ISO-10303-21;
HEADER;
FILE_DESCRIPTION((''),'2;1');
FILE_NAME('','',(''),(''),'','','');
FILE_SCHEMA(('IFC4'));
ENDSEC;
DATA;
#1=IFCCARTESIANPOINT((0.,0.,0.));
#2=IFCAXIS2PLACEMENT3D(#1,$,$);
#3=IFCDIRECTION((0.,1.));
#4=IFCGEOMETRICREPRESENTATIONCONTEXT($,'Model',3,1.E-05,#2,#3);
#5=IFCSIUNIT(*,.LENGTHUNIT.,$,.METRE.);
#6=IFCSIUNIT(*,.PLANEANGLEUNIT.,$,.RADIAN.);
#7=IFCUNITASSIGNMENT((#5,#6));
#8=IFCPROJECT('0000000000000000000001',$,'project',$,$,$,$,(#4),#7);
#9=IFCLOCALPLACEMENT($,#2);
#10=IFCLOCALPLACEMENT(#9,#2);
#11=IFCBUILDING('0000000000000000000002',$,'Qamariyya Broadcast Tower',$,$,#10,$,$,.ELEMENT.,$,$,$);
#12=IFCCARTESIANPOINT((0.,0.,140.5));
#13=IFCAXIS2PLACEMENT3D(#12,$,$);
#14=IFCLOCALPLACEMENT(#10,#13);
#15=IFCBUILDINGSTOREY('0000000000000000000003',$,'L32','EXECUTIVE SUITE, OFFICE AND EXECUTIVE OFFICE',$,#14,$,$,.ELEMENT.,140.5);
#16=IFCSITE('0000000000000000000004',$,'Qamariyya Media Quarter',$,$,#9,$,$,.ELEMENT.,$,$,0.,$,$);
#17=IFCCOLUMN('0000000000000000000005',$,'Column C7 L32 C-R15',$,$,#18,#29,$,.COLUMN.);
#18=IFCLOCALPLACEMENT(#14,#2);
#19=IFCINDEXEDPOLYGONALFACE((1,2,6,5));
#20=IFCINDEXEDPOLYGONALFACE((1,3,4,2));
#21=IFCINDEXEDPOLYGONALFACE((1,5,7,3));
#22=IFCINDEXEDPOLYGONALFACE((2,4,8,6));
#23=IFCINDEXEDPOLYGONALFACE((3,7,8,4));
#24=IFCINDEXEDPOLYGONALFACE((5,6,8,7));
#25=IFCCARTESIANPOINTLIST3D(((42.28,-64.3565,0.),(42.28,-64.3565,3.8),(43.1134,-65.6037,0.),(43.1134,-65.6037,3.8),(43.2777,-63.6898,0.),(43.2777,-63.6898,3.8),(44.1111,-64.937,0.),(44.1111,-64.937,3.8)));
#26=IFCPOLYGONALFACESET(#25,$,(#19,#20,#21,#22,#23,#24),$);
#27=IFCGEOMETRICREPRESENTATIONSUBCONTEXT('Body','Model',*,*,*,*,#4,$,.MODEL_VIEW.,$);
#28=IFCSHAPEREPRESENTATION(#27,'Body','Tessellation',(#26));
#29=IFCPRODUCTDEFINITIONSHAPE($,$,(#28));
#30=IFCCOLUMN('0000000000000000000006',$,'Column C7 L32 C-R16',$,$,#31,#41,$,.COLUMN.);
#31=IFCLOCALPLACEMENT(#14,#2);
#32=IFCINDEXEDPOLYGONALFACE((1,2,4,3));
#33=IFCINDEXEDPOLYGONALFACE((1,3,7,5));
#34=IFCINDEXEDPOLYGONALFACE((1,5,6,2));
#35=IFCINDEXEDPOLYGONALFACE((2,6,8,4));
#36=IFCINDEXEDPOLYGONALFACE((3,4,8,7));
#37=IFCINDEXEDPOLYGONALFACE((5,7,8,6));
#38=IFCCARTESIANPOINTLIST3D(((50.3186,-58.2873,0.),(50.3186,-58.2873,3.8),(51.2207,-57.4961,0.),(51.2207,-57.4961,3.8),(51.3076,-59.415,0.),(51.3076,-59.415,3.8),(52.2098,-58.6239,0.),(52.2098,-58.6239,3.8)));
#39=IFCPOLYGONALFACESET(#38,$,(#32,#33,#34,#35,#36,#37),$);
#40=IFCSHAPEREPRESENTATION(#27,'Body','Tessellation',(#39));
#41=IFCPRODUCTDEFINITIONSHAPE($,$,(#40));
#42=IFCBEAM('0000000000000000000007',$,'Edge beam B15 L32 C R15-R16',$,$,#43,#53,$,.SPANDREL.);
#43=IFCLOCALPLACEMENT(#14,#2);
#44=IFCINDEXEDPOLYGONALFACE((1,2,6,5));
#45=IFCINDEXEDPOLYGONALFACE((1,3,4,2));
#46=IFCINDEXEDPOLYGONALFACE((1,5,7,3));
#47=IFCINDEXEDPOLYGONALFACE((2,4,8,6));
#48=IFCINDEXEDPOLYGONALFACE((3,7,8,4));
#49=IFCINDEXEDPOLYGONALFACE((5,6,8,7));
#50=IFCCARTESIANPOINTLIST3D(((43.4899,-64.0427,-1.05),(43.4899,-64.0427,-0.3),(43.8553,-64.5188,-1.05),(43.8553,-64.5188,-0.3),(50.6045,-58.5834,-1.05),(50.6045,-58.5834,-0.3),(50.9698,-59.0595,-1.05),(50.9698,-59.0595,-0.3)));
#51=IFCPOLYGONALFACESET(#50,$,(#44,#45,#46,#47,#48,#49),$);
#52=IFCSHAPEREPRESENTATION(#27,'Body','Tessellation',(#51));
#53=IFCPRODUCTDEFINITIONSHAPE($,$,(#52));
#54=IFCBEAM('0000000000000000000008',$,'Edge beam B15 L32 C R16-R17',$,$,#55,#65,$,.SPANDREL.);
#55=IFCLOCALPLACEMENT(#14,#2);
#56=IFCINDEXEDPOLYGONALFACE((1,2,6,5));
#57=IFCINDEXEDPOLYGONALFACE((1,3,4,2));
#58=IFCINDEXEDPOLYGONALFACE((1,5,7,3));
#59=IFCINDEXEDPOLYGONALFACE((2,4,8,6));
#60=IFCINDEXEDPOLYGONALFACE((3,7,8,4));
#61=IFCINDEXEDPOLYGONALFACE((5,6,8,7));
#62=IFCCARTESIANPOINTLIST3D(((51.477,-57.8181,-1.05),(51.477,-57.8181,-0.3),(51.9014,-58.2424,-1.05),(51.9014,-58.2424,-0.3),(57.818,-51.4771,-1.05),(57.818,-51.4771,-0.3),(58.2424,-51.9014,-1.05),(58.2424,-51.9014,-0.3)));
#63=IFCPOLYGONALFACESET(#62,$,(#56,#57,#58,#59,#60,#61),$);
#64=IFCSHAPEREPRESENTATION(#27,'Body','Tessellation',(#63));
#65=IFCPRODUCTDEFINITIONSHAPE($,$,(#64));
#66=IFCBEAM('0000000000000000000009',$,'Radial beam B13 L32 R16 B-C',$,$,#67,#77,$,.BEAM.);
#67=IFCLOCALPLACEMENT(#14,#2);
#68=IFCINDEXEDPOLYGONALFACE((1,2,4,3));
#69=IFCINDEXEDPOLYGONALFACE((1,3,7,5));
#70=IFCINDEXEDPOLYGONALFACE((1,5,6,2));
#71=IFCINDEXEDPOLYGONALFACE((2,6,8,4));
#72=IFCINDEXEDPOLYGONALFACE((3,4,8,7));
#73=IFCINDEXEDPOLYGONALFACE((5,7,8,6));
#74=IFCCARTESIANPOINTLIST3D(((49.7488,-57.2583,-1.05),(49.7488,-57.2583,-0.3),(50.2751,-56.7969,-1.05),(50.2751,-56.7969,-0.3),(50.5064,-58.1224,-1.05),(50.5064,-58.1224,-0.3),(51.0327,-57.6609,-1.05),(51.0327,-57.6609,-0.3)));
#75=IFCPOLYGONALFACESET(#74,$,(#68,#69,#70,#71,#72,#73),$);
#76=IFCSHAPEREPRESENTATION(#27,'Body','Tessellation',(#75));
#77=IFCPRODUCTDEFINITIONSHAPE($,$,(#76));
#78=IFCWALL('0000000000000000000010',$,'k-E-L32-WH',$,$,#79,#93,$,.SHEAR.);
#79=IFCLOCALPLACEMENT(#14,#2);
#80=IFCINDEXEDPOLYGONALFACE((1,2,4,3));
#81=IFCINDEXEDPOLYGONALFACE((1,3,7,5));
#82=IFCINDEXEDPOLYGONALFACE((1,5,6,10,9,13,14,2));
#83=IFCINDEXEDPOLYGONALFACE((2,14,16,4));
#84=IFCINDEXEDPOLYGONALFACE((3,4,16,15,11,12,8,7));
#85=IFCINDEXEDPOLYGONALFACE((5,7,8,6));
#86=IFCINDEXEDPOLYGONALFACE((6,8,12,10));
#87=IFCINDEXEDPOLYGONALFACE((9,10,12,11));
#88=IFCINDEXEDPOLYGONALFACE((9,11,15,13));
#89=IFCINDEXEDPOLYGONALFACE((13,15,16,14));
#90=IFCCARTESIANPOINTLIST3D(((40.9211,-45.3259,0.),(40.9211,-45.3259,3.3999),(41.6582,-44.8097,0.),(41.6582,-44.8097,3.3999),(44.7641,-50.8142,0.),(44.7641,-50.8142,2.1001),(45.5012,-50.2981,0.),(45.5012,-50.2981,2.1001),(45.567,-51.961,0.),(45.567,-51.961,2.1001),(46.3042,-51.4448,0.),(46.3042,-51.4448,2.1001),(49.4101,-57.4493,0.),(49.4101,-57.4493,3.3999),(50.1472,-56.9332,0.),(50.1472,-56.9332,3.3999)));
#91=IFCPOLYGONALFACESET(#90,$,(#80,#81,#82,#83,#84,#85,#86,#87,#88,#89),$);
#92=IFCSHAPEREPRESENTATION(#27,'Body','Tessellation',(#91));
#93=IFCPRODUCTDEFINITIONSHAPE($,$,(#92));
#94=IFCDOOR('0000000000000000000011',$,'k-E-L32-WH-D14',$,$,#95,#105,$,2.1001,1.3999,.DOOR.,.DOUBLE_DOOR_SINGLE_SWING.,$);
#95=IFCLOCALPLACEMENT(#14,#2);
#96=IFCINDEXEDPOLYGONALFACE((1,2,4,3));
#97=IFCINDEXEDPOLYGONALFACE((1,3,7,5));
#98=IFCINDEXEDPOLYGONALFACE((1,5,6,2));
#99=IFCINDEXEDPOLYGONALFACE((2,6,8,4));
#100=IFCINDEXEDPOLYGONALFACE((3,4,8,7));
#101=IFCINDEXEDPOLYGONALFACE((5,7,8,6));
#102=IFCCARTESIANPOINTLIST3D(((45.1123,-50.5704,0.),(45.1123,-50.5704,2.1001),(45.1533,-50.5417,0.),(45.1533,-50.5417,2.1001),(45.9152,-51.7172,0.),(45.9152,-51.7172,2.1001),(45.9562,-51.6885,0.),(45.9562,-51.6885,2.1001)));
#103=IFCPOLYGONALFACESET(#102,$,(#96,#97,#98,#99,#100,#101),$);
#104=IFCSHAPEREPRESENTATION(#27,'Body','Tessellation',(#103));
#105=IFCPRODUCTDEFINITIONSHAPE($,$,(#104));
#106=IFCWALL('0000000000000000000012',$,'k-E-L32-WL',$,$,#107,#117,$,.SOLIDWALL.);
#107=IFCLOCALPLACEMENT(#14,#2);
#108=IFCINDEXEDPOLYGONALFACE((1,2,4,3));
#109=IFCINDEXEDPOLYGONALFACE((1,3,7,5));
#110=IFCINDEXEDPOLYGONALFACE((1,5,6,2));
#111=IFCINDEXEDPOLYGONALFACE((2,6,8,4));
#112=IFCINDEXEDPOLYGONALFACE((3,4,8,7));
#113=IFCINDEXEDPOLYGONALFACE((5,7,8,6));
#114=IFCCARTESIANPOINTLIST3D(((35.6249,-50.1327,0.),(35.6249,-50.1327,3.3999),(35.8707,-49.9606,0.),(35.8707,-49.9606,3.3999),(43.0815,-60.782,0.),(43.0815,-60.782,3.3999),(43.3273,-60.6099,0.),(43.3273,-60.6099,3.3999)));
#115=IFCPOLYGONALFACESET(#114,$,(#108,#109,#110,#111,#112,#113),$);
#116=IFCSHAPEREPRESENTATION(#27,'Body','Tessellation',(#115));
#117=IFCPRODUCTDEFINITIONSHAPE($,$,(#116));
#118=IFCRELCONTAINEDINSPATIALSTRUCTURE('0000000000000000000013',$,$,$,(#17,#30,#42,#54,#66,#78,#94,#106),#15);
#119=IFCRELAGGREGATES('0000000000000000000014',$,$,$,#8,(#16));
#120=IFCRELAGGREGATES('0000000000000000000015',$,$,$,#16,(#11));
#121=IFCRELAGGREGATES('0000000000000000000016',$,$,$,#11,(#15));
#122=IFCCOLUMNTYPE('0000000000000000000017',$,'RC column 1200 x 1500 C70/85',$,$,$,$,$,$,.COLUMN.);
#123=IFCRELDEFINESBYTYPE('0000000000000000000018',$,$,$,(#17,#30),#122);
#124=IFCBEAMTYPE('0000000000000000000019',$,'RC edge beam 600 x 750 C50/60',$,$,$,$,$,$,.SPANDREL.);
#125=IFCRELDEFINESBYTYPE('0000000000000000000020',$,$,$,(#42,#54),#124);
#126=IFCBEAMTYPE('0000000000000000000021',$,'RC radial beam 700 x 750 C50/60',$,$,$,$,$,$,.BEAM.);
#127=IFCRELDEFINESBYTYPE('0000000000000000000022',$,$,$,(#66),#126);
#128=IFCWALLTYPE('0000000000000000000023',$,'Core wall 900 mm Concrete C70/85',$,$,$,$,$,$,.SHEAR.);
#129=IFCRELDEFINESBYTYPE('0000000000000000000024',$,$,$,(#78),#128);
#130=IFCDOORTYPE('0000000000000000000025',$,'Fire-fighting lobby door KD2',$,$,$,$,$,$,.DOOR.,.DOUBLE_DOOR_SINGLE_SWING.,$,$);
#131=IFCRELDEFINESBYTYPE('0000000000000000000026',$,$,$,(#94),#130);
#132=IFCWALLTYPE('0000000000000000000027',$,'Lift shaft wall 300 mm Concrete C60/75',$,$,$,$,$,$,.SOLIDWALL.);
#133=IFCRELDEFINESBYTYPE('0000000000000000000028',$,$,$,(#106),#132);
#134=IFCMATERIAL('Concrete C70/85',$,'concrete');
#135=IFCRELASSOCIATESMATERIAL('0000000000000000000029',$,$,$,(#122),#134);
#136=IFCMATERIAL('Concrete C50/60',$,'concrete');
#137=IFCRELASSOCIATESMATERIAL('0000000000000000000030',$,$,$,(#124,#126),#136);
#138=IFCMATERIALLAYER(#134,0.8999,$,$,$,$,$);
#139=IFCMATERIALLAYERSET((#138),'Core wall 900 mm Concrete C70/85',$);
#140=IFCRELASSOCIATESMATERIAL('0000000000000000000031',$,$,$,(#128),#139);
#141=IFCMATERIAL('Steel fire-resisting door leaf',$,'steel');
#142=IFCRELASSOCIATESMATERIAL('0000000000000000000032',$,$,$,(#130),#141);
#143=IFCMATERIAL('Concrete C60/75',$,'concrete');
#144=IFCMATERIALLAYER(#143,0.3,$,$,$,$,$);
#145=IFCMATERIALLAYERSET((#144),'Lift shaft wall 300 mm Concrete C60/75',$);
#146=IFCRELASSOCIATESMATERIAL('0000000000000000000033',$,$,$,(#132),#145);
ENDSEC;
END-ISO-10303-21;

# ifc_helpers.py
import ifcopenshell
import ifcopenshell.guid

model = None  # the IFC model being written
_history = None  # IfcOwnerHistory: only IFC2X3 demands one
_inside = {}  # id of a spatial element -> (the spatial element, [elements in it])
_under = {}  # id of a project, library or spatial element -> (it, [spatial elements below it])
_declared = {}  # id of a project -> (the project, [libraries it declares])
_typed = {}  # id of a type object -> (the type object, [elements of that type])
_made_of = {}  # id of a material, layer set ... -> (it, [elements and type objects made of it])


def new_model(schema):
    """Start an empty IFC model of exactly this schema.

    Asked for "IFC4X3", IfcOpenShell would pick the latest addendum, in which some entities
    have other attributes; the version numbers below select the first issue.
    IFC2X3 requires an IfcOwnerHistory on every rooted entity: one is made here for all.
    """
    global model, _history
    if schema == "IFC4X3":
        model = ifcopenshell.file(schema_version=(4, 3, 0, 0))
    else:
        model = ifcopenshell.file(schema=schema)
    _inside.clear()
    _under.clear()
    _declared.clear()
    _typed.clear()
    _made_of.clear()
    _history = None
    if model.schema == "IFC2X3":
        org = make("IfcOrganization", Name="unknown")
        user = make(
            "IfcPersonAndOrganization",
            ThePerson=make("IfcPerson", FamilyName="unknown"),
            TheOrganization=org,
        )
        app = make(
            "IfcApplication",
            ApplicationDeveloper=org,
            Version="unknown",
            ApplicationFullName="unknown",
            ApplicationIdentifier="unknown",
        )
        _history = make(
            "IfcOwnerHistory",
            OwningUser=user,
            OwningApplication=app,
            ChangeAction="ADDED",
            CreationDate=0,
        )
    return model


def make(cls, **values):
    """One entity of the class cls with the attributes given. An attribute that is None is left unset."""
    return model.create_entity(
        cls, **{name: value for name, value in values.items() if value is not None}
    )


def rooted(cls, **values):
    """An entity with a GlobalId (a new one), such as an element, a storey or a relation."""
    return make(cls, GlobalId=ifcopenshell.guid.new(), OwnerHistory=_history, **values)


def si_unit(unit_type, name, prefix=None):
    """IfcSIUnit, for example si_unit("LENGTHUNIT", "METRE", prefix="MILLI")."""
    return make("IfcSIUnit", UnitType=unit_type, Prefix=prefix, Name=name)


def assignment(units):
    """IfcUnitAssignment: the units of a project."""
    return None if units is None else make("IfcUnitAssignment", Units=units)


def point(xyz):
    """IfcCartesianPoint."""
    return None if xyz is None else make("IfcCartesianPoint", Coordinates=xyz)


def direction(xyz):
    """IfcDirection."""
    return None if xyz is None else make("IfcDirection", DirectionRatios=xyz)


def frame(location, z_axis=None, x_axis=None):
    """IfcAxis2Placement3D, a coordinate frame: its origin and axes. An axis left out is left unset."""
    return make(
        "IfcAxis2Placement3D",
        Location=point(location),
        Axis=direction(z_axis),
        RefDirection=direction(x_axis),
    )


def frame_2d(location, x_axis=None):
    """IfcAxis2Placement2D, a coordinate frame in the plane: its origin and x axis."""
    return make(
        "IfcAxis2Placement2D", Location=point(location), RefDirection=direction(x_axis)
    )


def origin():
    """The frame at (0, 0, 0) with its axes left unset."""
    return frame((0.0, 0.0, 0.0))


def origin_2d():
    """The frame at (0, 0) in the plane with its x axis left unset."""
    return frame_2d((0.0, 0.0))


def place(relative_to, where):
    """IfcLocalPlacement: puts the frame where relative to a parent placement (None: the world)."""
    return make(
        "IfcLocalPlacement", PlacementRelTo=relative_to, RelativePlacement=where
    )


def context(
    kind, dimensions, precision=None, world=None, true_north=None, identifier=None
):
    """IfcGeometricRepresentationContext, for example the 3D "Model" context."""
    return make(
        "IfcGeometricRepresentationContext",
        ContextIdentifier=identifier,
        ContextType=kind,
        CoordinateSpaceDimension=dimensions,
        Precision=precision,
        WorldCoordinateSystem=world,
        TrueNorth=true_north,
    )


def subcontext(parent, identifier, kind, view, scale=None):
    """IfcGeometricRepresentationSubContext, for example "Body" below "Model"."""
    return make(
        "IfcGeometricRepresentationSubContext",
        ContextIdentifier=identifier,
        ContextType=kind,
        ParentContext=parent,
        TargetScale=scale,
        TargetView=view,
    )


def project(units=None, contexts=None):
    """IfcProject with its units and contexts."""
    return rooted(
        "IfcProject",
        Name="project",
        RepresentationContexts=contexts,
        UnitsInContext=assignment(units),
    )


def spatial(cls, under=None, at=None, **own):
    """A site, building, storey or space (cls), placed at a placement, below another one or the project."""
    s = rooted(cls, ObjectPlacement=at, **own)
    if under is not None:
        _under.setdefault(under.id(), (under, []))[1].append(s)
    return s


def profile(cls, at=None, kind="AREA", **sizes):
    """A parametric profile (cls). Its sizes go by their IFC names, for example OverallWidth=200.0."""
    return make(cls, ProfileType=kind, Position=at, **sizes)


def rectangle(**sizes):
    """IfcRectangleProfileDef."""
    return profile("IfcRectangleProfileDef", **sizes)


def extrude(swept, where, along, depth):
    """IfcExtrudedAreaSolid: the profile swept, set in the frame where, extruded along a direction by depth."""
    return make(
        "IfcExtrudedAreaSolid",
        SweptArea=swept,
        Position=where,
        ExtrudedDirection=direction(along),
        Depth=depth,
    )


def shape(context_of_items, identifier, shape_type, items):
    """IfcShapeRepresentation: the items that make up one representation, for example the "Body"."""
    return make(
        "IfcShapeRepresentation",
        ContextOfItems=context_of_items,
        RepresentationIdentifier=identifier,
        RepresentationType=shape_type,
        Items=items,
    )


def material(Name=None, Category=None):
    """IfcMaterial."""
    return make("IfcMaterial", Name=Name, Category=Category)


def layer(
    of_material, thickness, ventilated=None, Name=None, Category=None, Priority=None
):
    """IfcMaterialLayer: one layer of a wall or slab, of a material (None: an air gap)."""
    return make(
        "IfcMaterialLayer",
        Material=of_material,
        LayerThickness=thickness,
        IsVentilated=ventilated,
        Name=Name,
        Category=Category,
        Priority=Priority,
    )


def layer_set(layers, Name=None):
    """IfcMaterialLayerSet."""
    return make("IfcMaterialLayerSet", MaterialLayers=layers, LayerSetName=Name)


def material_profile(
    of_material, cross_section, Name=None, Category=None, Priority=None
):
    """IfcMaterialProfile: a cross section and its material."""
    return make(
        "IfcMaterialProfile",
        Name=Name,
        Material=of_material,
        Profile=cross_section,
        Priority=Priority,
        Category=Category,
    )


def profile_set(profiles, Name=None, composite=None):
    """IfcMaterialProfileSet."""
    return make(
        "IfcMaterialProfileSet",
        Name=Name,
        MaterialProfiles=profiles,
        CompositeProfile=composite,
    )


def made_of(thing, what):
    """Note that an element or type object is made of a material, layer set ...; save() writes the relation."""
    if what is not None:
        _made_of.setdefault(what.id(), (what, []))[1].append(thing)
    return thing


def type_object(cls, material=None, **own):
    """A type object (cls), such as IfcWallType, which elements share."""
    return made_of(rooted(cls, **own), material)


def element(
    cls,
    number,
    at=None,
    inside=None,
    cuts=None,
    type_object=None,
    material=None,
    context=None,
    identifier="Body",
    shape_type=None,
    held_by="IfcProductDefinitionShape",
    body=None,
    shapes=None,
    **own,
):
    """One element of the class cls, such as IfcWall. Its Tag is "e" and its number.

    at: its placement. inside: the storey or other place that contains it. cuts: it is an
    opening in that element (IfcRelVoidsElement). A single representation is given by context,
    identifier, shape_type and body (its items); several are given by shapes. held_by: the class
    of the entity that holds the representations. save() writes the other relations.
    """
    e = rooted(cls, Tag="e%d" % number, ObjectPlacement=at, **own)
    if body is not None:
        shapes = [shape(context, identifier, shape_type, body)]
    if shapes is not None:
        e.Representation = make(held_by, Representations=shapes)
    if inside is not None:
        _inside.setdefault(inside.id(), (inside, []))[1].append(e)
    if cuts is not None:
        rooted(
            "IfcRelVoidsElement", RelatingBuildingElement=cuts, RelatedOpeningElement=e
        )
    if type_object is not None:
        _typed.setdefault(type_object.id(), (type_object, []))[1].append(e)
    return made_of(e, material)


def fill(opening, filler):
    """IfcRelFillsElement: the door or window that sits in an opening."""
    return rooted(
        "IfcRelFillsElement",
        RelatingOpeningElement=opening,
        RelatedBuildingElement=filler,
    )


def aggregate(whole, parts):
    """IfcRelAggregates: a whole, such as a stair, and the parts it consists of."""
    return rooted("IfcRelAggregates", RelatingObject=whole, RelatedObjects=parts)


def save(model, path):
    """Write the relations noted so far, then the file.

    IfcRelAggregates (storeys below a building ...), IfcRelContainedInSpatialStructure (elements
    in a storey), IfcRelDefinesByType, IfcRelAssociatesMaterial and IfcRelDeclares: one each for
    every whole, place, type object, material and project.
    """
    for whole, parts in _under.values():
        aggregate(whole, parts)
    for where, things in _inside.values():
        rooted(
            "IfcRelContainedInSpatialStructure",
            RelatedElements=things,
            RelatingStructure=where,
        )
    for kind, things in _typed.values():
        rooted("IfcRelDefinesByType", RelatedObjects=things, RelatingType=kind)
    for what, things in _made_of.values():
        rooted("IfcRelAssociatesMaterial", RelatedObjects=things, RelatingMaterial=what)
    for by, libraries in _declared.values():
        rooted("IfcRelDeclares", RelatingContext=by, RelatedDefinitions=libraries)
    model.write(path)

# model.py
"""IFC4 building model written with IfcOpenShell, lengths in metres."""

from ifc_helpers import new_model, si_unit, direction, frame, frame_2d, origin, origin_2d, place, context, subcontext, project, spatial, rectangle, extrude, material, layer, layer_set, material_profile, profile_set, type_object, element, fill, save


model = new_model("IFC4")

# Units and contexts
model_context = context("Model", 3, precision=1e-05, world=origin(), true_north=direction((0.0, 1.0)))
body_context = subcontext(model_context, "Body", "Model", "MODEL_VIEW")
ifc_project = project(units=[si_unit("LENGTHUNIT", "METRE"), si_unit("PLANEANGLEUNIT", "RADIAN")], contexts=[model_context])

# Site, building, storey
site_placement = place(None, origin())
site = spatial("IfcSite", under=ifc_project, at=site_placement, Name="Qamariyya Media Quarter", CompositionType="ELEMENT", RefElevation=0.0)
building_placement = place(site_placement, origin())
building = spatial("IfcBuilding", under=site, at=building_placement, Name="Qamariyya Broadcast Tower", CompositionType="ELEMENT")
storey_placement = place(building_placement, frame((0.0, 0.0, 140.5)))
storey = spatial("IfcBuildingStorey", under=building, at=storey_placement, Name="L32", Description="EXECUTIVE SUITE, OFFICE AND EXECUTIVE OFFICE", CompositionType="ELEMENT", Elevation=140.5)

# Columns
ifc_material_1 = material(Name="Concrete C70/85", Category="concrete")
ifc_material_profile_1 = material_profile(ifc_material_1, rectangle(XDim=1.2, YDim=1.5, at=origin_2d()))
ifc_profile_set_1 = profile_set([ifc_material_profile_1], Name="Concrete C70/85")
column_type = type_object("IfcColumnType", Name="RC column 1200 x 1500 C70/85", PredefinedType="COLUMN", material=ifc_profile_set_1)
for number, where, z_axis, x_axis, name in (
    (1, (43.1956, -64.6467, 0.0), (0.0, 0.0, 1.0), (0.83147, 0.55557, 0.0), "Column C7 L32 C-R15"),
    (2, (51.2642, -58.4556, 0.0), (0.0, 0.0, 1.0), (0.75184, 0.659346, 0.0), "Column C7 L32 C-R16"),
):
    element("IfcColumn", number, at=place(storey_placement, frame(where, z_axis=z_axis, x_axis=x_axis)), inside=storey, type_object=column_type, Name=name, PredefinedType="COLUMN", context=body_context, shape_type="SweptSolid", body=[
        extrude(rectangle(XDim=1.2, YDim=1.5, at=origin_2d()), origin(), (0.0, 0.0, 1.0), 3.8),
    ])

# Beams
ifc_material_2 = material(Name="Concrete C50/60", Category="concrete")
ifc_material_profile_2 = material_profile(ifc_material_2, rectangle(XDim=0.6001, YDim=0.75, at=origin_2d()))
ifc_profile_set_2 = profile_set([ifc_material_profile_2], Name="Concrete C50/60")
beam_type_1 = type_object("IfcBeamType", Name="RC edge beam 600 x 750 C50/60", PredefinedType="SPANDREL", material=ifc_profile_set_2)
beam_1_placement = place(storey_placement, frame((43.6726, -64.2808, -0.675), z_axis=(0.793349, 0.608767, 0.0), x_axis=(-0.608767, 0.793349, 0.0)))
element("IfcBeam", 3, at=beam_1_placement, inside=storey, type_object=beam_type_1, Name="Edge beam B15 L32 C R15-R16", PredefinedType="SPANDREL", context=body_context, shape_type="SweptSolid", body=[
    extrude(rectangle(XDim=0.6001, YDim=0.75, at=origin_2d()), origin(), (0.0, 0.0, 1.0), 8.9678),
])
beam_2_placement = place(storey_placement, frame((51.6892, -58.0303, -0.675), z_axis=(0.707107, 0.707107, 0.0), x_axis=(-0.707107, 0.707107, 0.0)))
element("IfcBeam", 4, at=beam_2_placement, inside=storey, type_object=beam_type_1, Name="Edge beam B15 L32 C R16-R17", PredefinedType="SPANDREL", context=body_context, shape_type="SweptSolid", body=[
    extrude(rectangle(XDim=0.6001, YDim=0.75, at=origin_2d()), origin(), (0.0, 0.0, 1.0), 8.9675),
])
ifc_material_profile_3 = material_profile(ifc_material_2, rectangle(XDim=0.7, YDim=0.75, at=origin_2d()))
ifc_profile_set_3 = profile_set([ifc_material_profile_3], Name="Concrete C50/60")
beam_type_2 = type_object("IfcBeamType", Name="RC radial beam 700 x 750 C50/60", PredefinedType="BEAM", material=ifc_profile_set_3)
beam_3_placement = place(storey_placement, frame((50.012, -57.0276, -0.675), z_axis=(0.659271, -0.751905, 0.0), x_axis=(0.751905, 0.659271, 0.0)))
element("IfcBeam", 5, at=beam_3_placement, inside=storey, type_object=beam_type_2, Name="Radial beam B13 L32 R16 B-C", PredefinedType="BEAM", context=body_context, shape_type="SweptSolid", body=[
    extrude(rectangle(XDim=0.7, YDim=0.75, at=origin_2d()), origin(), (0.0, 0.0, 1.0), 1.1492),
])

# Wall, opening, door
ifc_layer_1 = layer(ifc_material_1, 0.8999)
ifc_layer_set_1 = layer_set([ifc_layer_1], Name="Core wall 900 mm Concrete C70/85")
wall_type_1 = type_object("IfcWallType", Name="Core wall 900 mm Concrete C70/85", PredefinedType="SHEAR", material=ifc_layer_set_1)
wall_1_placement = place(storey_placement, frame((49.7786, -57.1912, 0.0), z_axis=(0.0, 0.0, 1.0), x_axis=(-0.573577, 0.819151, 0.0)))
wall_1 = element("IfcWall", 6, at=wall_1_placement, inside=storey, type_object=wall_type_1, Name="k-E-L32-WH", PredefinedType="SHEAR", context=body_context, shape_type="SweptSolid", body=[
    extrude(rectangle(XDim=14.8, YDim=0.8999, at=frame_2d((7.3999, 0.0))), origin(), (0.0, 0.0, 1.0), 3.3999),
])
opening_placement = place(wall_1_placement, frame((6.7, 0.0, 0.0)))
opening = element("IfcOpeningElement", 7, at=opening_placement, cuts=wall_1, PredefinedType="OPENING", context=body_context, shape_type="SweptSolid", body=[
    extrude(rectangle(XDim=1.3999, YDim=2.1001, at=frame_2d((0.7, 1.05))), frame((0.0, 0.46, 0.0), z_axis=(0.0, -1.0, 0.0), x_axis=(1.0, 0.0, 0.0)), (0.0, 0.0, 1.0), 0.9199),
])
ifc_material_3 = material(Name="Steel fire-resisting door leaf", Category="steel")
door_type = type_object("IfcDoorType", Name="Fire-fighting lobby door KD2", OperationType="DOUBLE_DOOR_SINGLE_SWING", PredefinedType="DOOR", material=ifc_material_3)
door_placement = place(opening_placement, origin())
door = element("IfcDoor", 8, at=door_placement, inside=storey, type_object=door_type, Name="k-E-L32-WH-D14", OperationType="DOUBLE_DOOR_SINGLE_SWING", OverallHeight=2.1001, OverallWidth=1.3999, PredefinedType="DOOR", context=body_context, shape_type="SweptSolid", body=[
    extrude(rectangle(XDim=1.3999, YDim=2.1001, at=frame_2d((0.7, 1.05))), frame((0.0, 0.0249, 0.0), z_axis=(0.0, -1.0, 0.0), x_axis=(1.0, 0.0, 0.0)), (0.0, 0.0, 1.0), 0.05),
])
fill(opening, door)

# Wall
ifc_material_4 = material(Name="Concrete C60/75", Category="concrete")
ifc_layer_2 = layer(ifc_material_4, 0.3)
ifc_layer_set_2 = layer_set([ifc_layer_2], Name="Lift shaft wall 300 mm Concrete C60/75")
wall_type_2 = type_object("IfcWallType", Name="Lift shaft wall 300 mm Concrete C60/75", PredefinedType="SOLIDWALL", material=ifc_layer_set_2)
wall_2_placement = place(storey_placement, frame((43.2043, -60.6958, 0.0), z_axis=(0.0, 0.0, 1.0), x_axis=(-0.573572, 0.819155, 0.0)))
element("IfcWall", 9, at=wall_2_placement, inside=storey, type_object=wall_type_2, Name="k-E-L32-WL", PredefinedType="SOLIDWALL", context=body_context, shape_type="SweptSolid", body=[
    extrude(rectangle(XDim=13.0002, YDim=0.3, at=frame_2d((6.5, 0.0))), origin(), (0.0, 0.0, 1.0), 3.3999),
])

save(model, "model.ifc")
